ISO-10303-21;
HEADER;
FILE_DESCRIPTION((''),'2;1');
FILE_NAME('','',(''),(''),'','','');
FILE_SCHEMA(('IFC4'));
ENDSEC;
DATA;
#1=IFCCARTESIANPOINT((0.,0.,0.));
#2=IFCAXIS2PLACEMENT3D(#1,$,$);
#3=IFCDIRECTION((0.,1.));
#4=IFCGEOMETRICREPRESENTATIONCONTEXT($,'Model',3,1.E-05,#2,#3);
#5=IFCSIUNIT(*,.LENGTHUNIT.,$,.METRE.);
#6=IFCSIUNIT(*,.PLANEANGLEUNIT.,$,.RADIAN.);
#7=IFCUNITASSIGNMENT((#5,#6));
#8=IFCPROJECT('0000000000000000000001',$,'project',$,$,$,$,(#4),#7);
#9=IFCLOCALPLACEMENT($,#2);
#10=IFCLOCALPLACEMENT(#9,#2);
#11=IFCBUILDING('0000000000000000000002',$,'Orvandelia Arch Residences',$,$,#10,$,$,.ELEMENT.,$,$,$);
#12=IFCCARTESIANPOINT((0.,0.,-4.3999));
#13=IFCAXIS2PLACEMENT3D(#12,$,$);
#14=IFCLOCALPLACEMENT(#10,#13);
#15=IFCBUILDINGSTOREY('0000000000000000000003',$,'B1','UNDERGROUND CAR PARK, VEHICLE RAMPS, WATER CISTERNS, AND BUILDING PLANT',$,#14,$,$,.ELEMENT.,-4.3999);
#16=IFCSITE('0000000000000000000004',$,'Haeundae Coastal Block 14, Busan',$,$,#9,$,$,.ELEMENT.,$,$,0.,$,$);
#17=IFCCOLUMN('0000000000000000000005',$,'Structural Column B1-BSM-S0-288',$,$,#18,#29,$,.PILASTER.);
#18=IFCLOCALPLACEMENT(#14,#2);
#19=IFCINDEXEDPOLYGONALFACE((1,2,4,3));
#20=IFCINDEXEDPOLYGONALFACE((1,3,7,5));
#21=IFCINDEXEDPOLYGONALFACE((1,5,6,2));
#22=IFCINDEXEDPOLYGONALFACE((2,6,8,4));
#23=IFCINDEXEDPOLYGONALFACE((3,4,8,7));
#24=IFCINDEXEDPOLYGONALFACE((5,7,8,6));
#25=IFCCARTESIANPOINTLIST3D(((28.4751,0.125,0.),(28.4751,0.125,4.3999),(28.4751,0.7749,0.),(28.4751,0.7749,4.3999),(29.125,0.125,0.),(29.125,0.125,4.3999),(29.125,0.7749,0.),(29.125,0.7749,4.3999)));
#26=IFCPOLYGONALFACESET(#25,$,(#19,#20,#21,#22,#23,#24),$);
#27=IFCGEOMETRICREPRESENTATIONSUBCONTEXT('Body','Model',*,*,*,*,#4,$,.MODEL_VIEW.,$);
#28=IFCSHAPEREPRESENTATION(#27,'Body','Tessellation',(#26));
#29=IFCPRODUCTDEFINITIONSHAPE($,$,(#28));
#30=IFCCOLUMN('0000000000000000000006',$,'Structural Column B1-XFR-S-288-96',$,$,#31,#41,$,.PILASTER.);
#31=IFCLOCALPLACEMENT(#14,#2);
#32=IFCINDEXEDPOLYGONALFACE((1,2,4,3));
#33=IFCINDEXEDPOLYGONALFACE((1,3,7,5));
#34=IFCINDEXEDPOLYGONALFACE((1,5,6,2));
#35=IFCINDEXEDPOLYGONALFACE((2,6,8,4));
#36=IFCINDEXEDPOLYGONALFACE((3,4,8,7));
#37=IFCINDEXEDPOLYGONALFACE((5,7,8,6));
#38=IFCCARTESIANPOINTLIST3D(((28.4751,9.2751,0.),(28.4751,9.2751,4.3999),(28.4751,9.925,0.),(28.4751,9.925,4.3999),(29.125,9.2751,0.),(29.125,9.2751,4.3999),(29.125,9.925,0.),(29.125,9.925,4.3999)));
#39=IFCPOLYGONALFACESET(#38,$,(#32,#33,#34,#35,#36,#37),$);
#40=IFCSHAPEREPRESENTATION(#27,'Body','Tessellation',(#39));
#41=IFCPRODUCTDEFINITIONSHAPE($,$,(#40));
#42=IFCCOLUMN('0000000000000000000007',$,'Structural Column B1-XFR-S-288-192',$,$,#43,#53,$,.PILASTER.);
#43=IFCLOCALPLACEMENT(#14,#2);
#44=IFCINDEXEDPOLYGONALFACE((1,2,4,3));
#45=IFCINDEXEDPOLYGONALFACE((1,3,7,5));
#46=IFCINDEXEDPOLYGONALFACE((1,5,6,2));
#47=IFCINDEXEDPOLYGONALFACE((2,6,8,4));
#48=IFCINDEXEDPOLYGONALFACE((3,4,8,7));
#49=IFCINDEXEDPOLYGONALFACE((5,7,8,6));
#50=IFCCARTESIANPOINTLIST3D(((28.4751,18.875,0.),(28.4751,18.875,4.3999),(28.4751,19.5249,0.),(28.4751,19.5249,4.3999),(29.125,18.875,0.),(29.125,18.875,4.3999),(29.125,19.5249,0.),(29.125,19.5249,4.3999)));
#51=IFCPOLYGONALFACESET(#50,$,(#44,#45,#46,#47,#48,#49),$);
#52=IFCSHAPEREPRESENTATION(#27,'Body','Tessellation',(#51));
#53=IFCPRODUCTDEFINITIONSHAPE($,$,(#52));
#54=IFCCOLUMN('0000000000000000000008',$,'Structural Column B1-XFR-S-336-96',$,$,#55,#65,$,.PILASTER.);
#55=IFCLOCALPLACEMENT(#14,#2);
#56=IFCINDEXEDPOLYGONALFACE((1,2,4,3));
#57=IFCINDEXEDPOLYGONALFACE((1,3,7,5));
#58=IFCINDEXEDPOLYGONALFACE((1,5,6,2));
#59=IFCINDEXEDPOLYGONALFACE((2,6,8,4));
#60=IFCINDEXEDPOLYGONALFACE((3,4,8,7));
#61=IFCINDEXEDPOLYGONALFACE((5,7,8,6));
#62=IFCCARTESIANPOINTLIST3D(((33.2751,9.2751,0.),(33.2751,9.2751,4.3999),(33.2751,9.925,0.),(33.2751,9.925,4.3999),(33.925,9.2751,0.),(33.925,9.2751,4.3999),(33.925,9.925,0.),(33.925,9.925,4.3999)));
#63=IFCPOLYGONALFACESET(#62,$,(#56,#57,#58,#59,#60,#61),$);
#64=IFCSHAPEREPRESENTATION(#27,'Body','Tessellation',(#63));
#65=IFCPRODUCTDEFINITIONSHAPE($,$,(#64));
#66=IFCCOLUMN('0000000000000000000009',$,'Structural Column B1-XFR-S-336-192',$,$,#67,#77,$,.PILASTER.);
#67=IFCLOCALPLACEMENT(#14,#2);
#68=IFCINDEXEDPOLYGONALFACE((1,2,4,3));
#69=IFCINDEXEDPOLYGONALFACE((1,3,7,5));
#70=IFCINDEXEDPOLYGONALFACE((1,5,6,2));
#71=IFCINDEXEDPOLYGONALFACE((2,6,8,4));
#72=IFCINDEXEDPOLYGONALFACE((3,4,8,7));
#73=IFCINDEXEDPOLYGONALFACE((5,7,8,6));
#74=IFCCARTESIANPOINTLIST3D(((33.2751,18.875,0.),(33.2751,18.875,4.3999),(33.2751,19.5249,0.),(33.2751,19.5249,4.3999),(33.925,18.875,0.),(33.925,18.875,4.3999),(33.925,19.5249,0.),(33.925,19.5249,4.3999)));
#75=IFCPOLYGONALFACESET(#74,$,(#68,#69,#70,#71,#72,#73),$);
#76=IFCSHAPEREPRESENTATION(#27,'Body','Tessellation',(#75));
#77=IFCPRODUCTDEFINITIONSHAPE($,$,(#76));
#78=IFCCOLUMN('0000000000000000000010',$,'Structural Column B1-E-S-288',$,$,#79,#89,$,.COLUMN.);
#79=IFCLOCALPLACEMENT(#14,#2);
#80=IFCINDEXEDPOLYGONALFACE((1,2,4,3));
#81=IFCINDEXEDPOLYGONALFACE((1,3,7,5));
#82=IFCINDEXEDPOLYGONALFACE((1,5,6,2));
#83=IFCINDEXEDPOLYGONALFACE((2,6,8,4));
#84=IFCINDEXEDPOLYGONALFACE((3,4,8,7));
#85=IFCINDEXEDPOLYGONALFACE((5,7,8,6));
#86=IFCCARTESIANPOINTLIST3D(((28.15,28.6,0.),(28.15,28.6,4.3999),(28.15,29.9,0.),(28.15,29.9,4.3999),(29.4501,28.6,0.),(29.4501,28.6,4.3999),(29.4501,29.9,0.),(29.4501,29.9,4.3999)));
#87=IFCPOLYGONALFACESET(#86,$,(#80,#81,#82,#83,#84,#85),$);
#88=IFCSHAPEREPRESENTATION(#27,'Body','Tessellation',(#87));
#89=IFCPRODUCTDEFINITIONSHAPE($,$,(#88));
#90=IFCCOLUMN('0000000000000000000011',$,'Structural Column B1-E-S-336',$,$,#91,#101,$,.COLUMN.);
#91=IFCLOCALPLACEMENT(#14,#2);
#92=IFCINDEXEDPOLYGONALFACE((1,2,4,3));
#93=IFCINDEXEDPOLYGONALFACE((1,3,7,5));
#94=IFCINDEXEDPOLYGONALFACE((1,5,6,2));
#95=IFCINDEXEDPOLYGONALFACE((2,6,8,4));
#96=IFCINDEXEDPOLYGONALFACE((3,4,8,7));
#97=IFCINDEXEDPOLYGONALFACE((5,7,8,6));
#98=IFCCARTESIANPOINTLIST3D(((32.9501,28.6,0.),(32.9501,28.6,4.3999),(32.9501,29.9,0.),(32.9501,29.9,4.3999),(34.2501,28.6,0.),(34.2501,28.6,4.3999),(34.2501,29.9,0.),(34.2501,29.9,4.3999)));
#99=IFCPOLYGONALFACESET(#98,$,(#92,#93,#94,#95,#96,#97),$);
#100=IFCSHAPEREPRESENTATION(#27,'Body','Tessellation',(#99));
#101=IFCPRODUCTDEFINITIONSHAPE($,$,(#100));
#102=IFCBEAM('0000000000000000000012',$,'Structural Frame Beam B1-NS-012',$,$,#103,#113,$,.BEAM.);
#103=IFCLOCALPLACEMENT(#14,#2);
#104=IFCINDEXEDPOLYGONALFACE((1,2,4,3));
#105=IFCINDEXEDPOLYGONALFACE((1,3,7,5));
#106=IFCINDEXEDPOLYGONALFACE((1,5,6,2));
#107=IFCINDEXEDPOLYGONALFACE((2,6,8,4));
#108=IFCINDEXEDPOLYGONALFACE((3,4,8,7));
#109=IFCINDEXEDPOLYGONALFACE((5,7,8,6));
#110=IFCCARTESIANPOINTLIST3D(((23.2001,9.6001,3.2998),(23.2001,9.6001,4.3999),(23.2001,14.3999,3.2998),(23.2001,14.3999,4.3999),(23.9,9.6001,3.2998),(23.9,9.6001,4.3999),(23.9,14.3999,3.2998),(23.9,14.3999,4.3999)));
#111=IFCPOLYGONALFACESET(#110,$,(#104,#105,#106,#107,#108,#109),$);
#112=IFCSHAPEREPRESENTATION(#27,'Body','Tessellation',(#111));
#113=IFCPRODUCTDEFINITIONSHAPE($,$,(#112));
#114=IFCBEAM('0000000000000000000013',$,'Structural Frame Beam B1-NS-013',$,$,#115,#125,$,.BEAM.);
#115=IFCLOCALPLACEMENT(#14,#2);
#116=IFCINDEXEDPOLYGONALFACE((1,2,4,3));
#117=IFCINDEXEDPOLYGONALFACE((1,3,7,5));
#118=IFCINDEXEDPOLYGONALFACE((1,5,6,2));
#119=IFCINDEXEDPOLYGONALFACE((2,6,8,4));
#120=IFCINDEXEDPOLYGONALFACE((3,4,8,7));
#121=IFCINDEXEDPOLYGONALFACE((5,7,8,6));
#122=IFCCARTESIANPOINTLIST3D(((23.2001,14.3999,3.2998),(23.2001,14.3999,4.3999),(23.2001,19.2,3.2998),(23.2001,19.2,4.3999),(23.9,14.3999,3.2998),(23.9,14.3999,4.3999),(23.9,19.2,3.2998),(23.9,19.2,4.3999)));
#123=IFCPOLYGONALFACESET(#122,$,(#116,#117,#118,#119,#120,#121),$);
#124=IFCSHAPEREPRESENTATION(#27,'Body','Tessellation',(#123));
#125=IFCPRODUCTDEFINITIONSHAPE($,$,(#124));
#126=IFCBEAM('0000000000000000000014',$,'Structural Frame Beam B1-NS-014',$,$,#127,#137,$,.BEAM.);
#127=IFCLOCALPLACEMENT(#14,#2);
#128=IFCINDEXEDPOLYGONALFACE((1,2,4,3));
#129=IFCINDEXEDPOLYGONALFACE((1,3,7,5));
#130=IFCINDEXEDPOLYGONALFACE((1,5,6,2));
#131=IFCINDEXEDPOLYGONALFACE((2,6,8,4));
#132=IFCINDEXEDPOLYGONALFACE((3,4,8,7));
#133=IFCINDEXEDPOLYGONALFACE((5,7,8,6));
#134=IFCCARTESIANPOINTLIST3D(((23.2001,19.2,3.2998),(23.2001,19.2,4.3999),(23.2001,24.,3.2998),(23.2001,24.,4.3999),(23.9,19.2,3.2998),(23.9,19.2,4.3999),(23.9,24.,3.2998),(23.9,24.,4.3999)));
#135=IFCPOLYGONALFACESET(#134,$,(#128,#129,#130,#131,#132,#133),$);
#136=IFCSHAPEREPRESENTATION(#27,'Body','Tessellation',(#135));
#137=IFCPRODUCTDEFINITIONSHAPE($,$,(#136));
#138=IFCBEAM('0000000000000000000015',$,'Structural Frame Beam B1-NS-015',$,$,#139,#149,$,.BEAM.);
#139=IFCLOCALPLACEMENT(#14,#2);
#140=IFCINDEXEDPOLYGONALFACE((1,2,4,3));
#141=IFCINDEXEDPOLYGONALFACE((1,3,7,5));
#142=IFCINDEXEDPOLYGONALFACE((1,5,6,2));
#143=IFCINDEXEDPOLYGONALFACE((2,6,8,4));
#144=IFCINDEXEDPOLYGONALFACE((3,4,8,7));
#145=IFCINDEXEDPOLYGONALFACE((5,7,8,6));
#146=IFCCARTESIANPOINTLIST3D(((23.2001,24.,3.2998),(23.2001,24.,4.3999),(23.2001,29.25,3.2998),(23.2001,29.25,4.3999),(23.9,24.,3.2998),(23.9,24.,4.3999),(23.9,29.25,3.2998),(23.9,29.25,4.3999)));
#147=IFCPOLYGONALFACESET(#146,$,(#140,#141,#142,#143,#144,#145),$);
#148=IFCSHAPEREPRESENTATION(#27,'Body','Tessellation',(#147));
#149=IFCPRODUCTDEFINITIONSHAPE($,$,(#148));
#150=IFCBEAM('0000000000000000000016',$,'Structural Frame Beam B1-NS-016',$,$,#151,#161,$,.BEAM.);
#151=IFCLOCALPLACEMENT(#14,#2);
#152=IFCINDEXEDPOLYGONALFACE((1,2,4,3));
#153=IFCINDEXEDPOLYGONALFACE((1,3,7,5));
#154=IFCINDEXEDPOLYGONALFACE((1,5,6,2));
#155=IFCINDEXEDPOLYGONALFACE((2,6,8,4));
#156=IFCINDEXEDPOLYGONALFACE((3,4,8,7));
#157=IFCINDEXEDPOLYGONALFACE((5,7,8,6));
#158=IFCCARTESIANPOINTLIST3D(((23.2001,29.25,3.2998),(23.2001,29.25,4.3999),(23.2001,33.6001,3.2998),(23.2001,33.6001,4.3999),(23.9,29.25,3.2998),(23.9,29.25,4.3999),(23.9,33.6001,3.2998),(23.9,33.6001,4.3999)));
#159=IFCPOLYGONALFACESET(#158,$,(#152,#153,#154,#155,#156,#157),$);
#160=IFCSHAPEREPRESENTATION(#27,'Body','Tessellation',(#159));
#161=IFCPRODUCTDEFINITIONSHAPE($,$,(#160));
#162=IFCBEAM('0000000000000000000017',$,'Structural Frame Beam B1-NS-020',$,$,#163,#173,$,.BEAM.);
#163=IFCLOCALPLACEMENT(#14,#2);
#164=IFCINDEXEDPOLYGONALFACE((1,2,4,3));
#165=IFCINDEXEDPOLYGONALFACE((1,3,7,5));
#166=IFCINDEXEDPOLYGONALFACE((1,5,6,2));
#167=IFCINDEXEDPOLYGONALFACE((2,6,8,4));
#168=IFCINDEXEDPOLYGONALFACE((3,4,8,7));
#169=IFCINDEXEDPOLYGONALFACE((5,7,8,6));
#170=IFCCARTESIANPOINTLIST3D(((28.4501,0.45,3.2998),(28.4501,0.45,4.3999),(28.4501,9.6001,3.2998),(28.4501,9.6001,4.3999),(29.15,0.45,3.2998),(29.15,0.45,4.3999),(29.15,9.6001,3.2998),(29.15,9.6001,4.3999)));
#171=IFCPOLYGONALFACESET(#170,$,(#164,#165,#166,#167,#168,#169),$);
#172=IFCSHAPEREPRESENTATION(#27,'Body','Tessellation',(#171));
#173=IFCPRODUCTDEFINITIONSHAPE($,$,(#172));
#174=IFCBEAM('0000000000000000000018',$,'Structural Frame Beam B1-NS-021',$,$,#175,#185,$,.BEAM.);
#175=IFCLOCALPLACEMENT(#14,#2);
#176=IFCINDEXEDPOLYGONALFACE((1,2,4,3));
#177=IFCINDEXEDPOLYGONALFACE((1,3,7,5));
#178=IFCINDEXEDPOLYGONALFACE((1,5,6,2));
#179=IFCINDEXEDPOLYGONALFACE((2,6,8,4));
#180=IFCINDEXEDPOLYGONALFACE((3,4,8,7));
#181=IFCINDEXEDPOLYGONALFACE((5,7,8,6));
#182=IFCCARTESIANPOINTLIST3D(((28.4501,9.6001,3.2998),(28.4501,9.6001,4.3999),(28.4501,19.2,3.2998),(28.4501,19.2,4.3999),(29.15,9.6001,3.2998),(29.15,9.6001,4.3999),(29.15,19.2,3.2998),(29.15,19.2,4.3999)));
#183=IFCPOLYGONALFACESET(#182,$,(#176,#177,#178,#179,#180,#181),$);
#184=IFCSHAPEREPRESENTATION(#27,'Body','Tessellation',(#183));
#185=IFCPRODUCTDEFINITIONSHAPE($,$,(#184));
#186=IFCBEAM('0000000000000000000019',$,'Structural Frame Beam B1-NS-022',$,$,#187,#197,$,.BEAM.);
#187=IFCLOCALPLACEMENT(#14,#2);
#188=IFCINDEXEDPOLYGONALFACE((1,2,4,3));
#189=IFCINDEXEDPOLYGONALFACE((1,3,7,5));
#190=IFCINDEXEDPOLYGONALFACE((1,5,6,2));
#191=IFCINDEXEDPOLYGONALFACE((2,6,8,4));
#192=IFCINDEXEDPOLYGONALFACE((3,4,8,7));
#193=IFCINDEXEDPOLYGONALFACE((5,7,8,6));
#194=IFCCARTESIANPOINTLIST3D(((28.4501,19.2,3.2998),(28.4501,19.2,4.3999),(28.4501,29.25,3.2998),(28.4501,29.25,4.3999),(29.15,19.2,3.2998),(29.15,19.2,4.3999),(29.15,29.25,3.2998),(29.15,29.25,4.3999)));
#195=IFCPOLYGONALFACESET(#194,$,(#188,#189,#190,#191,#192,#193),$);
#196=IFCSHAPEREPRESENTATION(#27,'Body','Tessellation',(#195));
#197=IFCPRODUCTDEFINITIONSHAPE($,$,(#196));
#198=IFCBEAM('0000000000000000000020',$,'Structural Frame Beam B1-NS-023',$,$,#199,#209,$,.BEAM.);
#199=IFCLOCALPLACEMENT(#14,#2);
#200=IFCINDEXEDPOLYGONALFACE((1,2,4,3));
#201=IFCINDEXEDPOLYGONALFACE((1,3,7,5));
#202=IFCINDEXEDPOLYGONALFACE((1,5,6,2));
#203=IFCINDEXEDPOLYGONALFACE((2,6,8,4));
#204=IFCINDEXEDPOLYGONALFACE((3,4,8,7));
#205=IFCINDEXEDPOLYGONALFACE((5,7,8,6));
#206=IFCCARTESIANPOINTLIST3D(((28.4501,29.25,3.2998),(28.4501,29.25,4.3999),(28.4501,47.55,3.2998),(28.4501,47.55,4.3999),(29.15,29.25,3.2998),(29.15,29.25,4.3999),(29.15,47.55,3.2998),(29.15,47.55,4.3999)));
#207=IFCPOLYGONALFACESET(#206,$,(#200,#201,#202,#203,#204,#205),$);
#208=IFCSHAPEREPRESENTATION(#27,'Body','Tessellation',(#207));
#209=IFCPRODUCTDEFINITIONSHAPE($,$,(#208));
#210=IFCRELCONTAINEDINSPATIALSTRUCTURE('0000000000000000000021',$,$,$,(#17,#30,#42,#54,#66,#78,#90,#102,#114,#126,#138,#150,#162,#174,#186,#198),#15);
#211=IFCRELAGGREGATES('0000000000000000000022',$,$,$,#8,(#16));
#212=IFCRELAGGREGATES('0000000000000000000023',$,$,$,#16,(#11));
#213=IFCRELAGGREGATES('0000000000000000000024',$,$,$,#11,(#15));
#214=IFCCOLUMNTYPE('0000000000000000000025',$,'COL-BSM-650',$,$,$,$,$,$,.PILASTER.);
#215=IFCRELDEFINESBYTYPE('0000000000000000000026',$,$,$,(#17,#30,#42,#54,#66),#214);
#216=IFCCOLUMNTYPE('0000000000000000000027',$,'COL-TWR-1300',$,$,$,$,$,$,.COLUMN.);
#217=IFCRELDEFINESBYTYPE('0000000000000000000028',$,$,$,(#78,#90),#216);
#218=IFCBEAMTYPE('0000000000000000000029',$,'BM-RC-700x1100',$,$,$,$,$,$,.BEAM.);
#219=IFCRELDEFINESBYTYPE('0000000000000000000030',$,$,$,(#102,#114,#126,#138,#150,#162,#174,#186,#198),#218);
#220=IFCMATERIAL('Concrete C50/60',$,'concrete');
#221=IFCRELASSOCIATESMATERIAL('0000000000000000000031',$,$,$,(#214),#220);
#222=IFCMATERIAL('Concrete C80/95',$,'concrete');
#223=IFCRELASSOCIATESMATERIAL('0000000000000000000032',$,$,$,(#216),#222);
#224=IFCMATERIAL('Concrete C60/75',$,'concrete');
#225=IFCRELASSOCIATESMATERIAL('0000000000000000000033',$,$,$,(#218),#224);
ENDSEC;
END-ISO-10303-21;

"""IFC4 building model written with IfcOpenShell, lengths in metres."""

from ifc_helpers import new_model, si_unit, direction, frame, origin, origin_2d, place, context, subcontext, project, spatial, rectangle, extrude, material, material_profile, profile_set, type_object, element, save


model = new_model("IFC4")

# Units and contexts
model_context = context("Model", 3, precision=1e-05, world=origin(), true_north=direction((0.0, 1.0)))
body_context = subcontext(model_context, "Body", "Model", "MODEL_VIEW")
ifc_project = project(units=[si_unit("LENGTHUNIT", "METRE"), si_unit("PLANEANGLEUNIT", "RADIAN")], contexts=[model_context])

# Site, building, storey
site_placement = place(None, origin())
site = spatial("IfcSite", under=ifc_project, at=site_placement, Name="Haeundae Coastal Block 14, Busan", CompositionType="ELEMENT", RefElevation=0.0)
building_placement = place(site_placement, origin())
building = spatial("IfcBuilding", under=site, at=building_placement, Name="Orvandelia Arch Residences", CompositionType="ELEMENT")
storey_placement = place(building_placement, frame((0.0, 0.0, -4.3999)))
storey = spatial("IfcBuildingStorey", under=building, at=storey_placement, Name="B1", Description="UNDERGROUND CAR PARK, VEHICLE RAMPS, WATER CISTERNS, AND BUILDING PLANT", CompositionType="ELEMENT", Elevation=-4.3999)

# Columns
ifc_material_1 = material(Name="Concrete C50/60", Category="concrete")
ifc_material_profile_1 = material_profile(ifc_material_1, rectangle(XDim=0.6499, YDim=0.6499, at=origin_2d()), Name="Concrete C50/60", Category="concrete")
ifc_profile_set_1 = profile_set([ifc_material_profile_1], Name="Concrete C50/60")
column_type_1 = type_object("IfcColumnType", Name="COL-BSM-650", PredefinedType="PILASTER", material=ifc_profile_set_1)
for number, where, z_axis, x_axis, name in (
    (1, (28.8, 0.45, 0.0), (0.0, 0.0, 1.0), (1.0, 0.0, 0.0), "Structural Column B1-BSM-S0-288"),
    (2, (28.8, 9.6001, 0.0), (0.0, 0.0, 1.0), (1.0, 0.0, 0.0), "Structural Column B1-XFR-S-288-96"),
    (3, (28.8, 19.2, 0.0), (0.0, 0.0, 1.0), (1.0, 0.0, 0.0), "Structural Column B1-XFR-S-288-192"),
    (4, (33.6001, 9.6001, 0.0), (0.0, 0.0, 1.0), (1.0, 0.0, 0.0), "Structural Column B1-XFR-S-336-96"),
    (5, (33.6001, 19.2, 0.0), (0.0, 0.0, 1.0), (1.0, 0.0, 0.0), "Structural Column B1-XFR-S-336-192"),
):
    element("IfcColumn", number, at=place(storey_placement, frame(where, z_axis=z_axis, x_axis=x_axis)), inside=storey, type_object=column_type_1, Name=name, PredefinedType="PILASTER", context=body_context, shape_type="SweptSolid", body=[
        extrude(rectangle(XDim=0.6499, YDim=0.6499, at=origin_2d()), origin(), (0.0, 0.0, 1.0), 4.3999),
    ])
ifc_material_2 = material(Name="Concrete C80/95", Category="concrete")
ifc_material_profile_2 = material_profile(ifc_material_2, rectangle(XDim=1.3, YDim=1.3, at=origin_2d()), Name="Concrete C80/95", Category="concrete")
ifc_profile_set_2 = profile_set([ifc_material_profile_2], Name="Concrete C80/95")
column_type_2 = type_object("IfcColumnType", Name="COL-TWR-1300", PredefinedType="COLUMN", material=ifc_profile_set_2)
for number, where, z_axis, x_axis, name in (
    (6, (28.8, 29.25, 0.0), (0.0, 0.0, 1.0), (1.0, 0.0, 0.0), "Structural Column B1-E-S-288"),
    (7, (33.6001, 29.25, 0.0), (0.0, 0.0, 1.0), (1.0, 0.0, 0.0), "Structural Column B1-E-S-336"),
):
    element("IfcColumn", number, at=place(storey_placement, frame(where, z_axis=z_axis, x_axis=x_axis)), inside=storey, type_object=column_type_2, Name=name, PredefinedType="COLUMN", context=body_context, shape_type="SweptSolid", body=[
        extrude(rectangle(XDim=1.3, YDim=1.3, at=origin_2d()), origin(), (0.0, 0.0, 1.0), 4.3999),
    ])

# Beams
ifc_material_3 = material(Name="Concrete C60/75", Category="concrete")
ifc_material_profile_3 = material_profile(ifc_material_3, rectangle(XDim=0.7, YDim=1.1001, at=origin_2d()), Name="Concrete C60/75", Category="concrete")
ifc_profile_set_3 = profile_set([ifc_material_profile_3], Name="Concrete C60/75")
beam_type = type_object("IfcBeamType", Name="BM-RC-700x1100", PredefinedType="BEAM", material=ifc_profile_set_3)
beam_1_placement = place(storey_placement, frame((23.55, 9.6001, 3.8499), z_axis=(0.0, 1.0, 0.0), x_axis=(-1.0, 0.0, 0.0)))
element("IfcBeam", 8, at=beam_1_placement, inside=storey, type_object=beam_type, Name="Structural Frame Beam B1-NS-012", PredefinedType="BEAM", context=body_context, shape_type="SweptSolid", body=[
    extrude(rectangle(XDim=0.7, YDim=1.1001, at=origin_2d()), origin(), (0.0, 0.0, 1.0), 4.7998),
])
for number, where, z_axis, x_axis, name in (
    (9, (23.55, 14.3999, 3.8499), (0.0, 1.0, 0.0), (-1.0, 0.0, 0.0), "Structural Frame Beam B1-NS-013"),
    (10, (23.55, 19.2, 3.8499), (0.0, 1.0, 0.0), (-1.0, 0.0, 0.0), "Structural Frame Beam B1-NS-014"),
):
    element("IfcBeam", number, at=place(storey_placement, frame(where, z_axis=z_axis, x_axis=x_axis)), inside=storey, type_object=beam_type, Name=name, PredefinedType="BEAM", context=body_context, shape_type="SweptSolid", body=[
        extrude(rectangle(XDim=0.7, YDim=1.1001, at=origin_2d()), origin(), (0.0, 0.0, 1.0), 4.8),
    ])
beam_2_placement = place(storey_placement, frame((23.55, 24.0, 3.8499), z_axis=(0.0, 1.0, 0.0), x_axis=(-1.0, 0.0, 0.0)))
element("IfcBeam", 11, at=beam_2_placement, inside=storey, type_object=beam_type, Name="Structural Frame Beam B1-NS-015", PredefinedType="BEAM", context=body_context, shape_type="SweptSolid", body=[
    extrude(rectangle(XDim=0.7, YDim=1.1001, at=origin_2d()), origin(), (0.0, 0.0, 1.0), 5.25),
])
beam_3_placement = place(storey_placement, frame((23.55, 29.25, 3.8499), z_axis=(0.0, 1.0, 0.0), x_axis=(-1.0, 0.0, 0.0)))
element("IfcBeam", 12, at=beam_3_placement, inside=storey, type_object=beam_type, Name="Structural Frame Beam B1-NS-016", PredefinedType="BEAM", context=body_context, shape_type="SweptSolid", body=[
    extrude(rectangle(XDim=0.7, YDim=1.1001, at=origin_2d()), origin(), (0.0, 0.0, 1.0), 4.3501),
])
beam_4_placement = place(storey_placement, frame((28.8, 0.45, 3.8499), z_axis=(0.0, 1.0, 0.0), x_axis=(-1.0, 0.0, 0.0)))
element("IfcBeam", 13, at=beam_4_placement, inside=storey, type_object=beam_type, Name="Structural Frame Beam B1-NS-020", PredefinedType="BEAM", context=body_context, shape_type="SweptSolid", body=[
    extrude(rectangle(XDim=0.7, YDim=1.1001, at=origin_2d()), origin(), (0.0, 0.0, 1.0), 9.1501),
])
beam_5_placement = place(storey_placement, frame((28.8, 9.6001, 3.8499), z_axis=(0.0, 1.0, 0.0), x_axis=(-1.0, 0.0, 0.0)))
element("IfcBeam", 14, at=beam_5_placement, inside=storey, type_object=beam_type, Name="Structural Frame Beam B1-NS-021", PredefinedType="BEAM", context=body_context, shape_type="SweptSolid", body=[
    extrude(rectangle(XDim=0.7, YDim=1.1001, at=origin_2d()), origin(), (0.0, 0.0, 1.0), 9.5999),
])
beam_6_placement = place(storey_placement, frame((28.8, 19.2, 3.8499), z_axis=(0.0, 1.0, 0.0), x_axis=(-1.0, 0.0, 0.0)))
element("IfcBeam", 15, at=beam_6_placement, inside=storey, type_object=beam_type, Name="Structural Frame Beam B1-NS-022", PredefinedType="BEAM", context=body_context, shape_type="SweptSolid", body=[
    extrude(rectangle(XDim=0.7, YDim=1.1001, at=origin_2d()), origin(), (0.0, 0.0, 1.0), 10.05),
])
beam_7_placement = place(storey_placement, frame((28.8, 29.25, 3.8499), z_axis=(0.0, 1.0, 0.0), x_axis=(-1.0, 0.0, 0.0)))
element("IfcBeam", 16, at=beam_7_placement, inside=storey, type_object=beam_type, Name="Structural Frame Beam B1-NS-023", PredefinedType="BEAM", context=body_context, shape_type="SweptSolid", body=[
    extrude(rectangle(XDim=0.7, YDim=1.1001, at=origin_2d()), origin(), (0.0, 0.0, 1.0), 18.3),
])

save(model, "model.ifc")
